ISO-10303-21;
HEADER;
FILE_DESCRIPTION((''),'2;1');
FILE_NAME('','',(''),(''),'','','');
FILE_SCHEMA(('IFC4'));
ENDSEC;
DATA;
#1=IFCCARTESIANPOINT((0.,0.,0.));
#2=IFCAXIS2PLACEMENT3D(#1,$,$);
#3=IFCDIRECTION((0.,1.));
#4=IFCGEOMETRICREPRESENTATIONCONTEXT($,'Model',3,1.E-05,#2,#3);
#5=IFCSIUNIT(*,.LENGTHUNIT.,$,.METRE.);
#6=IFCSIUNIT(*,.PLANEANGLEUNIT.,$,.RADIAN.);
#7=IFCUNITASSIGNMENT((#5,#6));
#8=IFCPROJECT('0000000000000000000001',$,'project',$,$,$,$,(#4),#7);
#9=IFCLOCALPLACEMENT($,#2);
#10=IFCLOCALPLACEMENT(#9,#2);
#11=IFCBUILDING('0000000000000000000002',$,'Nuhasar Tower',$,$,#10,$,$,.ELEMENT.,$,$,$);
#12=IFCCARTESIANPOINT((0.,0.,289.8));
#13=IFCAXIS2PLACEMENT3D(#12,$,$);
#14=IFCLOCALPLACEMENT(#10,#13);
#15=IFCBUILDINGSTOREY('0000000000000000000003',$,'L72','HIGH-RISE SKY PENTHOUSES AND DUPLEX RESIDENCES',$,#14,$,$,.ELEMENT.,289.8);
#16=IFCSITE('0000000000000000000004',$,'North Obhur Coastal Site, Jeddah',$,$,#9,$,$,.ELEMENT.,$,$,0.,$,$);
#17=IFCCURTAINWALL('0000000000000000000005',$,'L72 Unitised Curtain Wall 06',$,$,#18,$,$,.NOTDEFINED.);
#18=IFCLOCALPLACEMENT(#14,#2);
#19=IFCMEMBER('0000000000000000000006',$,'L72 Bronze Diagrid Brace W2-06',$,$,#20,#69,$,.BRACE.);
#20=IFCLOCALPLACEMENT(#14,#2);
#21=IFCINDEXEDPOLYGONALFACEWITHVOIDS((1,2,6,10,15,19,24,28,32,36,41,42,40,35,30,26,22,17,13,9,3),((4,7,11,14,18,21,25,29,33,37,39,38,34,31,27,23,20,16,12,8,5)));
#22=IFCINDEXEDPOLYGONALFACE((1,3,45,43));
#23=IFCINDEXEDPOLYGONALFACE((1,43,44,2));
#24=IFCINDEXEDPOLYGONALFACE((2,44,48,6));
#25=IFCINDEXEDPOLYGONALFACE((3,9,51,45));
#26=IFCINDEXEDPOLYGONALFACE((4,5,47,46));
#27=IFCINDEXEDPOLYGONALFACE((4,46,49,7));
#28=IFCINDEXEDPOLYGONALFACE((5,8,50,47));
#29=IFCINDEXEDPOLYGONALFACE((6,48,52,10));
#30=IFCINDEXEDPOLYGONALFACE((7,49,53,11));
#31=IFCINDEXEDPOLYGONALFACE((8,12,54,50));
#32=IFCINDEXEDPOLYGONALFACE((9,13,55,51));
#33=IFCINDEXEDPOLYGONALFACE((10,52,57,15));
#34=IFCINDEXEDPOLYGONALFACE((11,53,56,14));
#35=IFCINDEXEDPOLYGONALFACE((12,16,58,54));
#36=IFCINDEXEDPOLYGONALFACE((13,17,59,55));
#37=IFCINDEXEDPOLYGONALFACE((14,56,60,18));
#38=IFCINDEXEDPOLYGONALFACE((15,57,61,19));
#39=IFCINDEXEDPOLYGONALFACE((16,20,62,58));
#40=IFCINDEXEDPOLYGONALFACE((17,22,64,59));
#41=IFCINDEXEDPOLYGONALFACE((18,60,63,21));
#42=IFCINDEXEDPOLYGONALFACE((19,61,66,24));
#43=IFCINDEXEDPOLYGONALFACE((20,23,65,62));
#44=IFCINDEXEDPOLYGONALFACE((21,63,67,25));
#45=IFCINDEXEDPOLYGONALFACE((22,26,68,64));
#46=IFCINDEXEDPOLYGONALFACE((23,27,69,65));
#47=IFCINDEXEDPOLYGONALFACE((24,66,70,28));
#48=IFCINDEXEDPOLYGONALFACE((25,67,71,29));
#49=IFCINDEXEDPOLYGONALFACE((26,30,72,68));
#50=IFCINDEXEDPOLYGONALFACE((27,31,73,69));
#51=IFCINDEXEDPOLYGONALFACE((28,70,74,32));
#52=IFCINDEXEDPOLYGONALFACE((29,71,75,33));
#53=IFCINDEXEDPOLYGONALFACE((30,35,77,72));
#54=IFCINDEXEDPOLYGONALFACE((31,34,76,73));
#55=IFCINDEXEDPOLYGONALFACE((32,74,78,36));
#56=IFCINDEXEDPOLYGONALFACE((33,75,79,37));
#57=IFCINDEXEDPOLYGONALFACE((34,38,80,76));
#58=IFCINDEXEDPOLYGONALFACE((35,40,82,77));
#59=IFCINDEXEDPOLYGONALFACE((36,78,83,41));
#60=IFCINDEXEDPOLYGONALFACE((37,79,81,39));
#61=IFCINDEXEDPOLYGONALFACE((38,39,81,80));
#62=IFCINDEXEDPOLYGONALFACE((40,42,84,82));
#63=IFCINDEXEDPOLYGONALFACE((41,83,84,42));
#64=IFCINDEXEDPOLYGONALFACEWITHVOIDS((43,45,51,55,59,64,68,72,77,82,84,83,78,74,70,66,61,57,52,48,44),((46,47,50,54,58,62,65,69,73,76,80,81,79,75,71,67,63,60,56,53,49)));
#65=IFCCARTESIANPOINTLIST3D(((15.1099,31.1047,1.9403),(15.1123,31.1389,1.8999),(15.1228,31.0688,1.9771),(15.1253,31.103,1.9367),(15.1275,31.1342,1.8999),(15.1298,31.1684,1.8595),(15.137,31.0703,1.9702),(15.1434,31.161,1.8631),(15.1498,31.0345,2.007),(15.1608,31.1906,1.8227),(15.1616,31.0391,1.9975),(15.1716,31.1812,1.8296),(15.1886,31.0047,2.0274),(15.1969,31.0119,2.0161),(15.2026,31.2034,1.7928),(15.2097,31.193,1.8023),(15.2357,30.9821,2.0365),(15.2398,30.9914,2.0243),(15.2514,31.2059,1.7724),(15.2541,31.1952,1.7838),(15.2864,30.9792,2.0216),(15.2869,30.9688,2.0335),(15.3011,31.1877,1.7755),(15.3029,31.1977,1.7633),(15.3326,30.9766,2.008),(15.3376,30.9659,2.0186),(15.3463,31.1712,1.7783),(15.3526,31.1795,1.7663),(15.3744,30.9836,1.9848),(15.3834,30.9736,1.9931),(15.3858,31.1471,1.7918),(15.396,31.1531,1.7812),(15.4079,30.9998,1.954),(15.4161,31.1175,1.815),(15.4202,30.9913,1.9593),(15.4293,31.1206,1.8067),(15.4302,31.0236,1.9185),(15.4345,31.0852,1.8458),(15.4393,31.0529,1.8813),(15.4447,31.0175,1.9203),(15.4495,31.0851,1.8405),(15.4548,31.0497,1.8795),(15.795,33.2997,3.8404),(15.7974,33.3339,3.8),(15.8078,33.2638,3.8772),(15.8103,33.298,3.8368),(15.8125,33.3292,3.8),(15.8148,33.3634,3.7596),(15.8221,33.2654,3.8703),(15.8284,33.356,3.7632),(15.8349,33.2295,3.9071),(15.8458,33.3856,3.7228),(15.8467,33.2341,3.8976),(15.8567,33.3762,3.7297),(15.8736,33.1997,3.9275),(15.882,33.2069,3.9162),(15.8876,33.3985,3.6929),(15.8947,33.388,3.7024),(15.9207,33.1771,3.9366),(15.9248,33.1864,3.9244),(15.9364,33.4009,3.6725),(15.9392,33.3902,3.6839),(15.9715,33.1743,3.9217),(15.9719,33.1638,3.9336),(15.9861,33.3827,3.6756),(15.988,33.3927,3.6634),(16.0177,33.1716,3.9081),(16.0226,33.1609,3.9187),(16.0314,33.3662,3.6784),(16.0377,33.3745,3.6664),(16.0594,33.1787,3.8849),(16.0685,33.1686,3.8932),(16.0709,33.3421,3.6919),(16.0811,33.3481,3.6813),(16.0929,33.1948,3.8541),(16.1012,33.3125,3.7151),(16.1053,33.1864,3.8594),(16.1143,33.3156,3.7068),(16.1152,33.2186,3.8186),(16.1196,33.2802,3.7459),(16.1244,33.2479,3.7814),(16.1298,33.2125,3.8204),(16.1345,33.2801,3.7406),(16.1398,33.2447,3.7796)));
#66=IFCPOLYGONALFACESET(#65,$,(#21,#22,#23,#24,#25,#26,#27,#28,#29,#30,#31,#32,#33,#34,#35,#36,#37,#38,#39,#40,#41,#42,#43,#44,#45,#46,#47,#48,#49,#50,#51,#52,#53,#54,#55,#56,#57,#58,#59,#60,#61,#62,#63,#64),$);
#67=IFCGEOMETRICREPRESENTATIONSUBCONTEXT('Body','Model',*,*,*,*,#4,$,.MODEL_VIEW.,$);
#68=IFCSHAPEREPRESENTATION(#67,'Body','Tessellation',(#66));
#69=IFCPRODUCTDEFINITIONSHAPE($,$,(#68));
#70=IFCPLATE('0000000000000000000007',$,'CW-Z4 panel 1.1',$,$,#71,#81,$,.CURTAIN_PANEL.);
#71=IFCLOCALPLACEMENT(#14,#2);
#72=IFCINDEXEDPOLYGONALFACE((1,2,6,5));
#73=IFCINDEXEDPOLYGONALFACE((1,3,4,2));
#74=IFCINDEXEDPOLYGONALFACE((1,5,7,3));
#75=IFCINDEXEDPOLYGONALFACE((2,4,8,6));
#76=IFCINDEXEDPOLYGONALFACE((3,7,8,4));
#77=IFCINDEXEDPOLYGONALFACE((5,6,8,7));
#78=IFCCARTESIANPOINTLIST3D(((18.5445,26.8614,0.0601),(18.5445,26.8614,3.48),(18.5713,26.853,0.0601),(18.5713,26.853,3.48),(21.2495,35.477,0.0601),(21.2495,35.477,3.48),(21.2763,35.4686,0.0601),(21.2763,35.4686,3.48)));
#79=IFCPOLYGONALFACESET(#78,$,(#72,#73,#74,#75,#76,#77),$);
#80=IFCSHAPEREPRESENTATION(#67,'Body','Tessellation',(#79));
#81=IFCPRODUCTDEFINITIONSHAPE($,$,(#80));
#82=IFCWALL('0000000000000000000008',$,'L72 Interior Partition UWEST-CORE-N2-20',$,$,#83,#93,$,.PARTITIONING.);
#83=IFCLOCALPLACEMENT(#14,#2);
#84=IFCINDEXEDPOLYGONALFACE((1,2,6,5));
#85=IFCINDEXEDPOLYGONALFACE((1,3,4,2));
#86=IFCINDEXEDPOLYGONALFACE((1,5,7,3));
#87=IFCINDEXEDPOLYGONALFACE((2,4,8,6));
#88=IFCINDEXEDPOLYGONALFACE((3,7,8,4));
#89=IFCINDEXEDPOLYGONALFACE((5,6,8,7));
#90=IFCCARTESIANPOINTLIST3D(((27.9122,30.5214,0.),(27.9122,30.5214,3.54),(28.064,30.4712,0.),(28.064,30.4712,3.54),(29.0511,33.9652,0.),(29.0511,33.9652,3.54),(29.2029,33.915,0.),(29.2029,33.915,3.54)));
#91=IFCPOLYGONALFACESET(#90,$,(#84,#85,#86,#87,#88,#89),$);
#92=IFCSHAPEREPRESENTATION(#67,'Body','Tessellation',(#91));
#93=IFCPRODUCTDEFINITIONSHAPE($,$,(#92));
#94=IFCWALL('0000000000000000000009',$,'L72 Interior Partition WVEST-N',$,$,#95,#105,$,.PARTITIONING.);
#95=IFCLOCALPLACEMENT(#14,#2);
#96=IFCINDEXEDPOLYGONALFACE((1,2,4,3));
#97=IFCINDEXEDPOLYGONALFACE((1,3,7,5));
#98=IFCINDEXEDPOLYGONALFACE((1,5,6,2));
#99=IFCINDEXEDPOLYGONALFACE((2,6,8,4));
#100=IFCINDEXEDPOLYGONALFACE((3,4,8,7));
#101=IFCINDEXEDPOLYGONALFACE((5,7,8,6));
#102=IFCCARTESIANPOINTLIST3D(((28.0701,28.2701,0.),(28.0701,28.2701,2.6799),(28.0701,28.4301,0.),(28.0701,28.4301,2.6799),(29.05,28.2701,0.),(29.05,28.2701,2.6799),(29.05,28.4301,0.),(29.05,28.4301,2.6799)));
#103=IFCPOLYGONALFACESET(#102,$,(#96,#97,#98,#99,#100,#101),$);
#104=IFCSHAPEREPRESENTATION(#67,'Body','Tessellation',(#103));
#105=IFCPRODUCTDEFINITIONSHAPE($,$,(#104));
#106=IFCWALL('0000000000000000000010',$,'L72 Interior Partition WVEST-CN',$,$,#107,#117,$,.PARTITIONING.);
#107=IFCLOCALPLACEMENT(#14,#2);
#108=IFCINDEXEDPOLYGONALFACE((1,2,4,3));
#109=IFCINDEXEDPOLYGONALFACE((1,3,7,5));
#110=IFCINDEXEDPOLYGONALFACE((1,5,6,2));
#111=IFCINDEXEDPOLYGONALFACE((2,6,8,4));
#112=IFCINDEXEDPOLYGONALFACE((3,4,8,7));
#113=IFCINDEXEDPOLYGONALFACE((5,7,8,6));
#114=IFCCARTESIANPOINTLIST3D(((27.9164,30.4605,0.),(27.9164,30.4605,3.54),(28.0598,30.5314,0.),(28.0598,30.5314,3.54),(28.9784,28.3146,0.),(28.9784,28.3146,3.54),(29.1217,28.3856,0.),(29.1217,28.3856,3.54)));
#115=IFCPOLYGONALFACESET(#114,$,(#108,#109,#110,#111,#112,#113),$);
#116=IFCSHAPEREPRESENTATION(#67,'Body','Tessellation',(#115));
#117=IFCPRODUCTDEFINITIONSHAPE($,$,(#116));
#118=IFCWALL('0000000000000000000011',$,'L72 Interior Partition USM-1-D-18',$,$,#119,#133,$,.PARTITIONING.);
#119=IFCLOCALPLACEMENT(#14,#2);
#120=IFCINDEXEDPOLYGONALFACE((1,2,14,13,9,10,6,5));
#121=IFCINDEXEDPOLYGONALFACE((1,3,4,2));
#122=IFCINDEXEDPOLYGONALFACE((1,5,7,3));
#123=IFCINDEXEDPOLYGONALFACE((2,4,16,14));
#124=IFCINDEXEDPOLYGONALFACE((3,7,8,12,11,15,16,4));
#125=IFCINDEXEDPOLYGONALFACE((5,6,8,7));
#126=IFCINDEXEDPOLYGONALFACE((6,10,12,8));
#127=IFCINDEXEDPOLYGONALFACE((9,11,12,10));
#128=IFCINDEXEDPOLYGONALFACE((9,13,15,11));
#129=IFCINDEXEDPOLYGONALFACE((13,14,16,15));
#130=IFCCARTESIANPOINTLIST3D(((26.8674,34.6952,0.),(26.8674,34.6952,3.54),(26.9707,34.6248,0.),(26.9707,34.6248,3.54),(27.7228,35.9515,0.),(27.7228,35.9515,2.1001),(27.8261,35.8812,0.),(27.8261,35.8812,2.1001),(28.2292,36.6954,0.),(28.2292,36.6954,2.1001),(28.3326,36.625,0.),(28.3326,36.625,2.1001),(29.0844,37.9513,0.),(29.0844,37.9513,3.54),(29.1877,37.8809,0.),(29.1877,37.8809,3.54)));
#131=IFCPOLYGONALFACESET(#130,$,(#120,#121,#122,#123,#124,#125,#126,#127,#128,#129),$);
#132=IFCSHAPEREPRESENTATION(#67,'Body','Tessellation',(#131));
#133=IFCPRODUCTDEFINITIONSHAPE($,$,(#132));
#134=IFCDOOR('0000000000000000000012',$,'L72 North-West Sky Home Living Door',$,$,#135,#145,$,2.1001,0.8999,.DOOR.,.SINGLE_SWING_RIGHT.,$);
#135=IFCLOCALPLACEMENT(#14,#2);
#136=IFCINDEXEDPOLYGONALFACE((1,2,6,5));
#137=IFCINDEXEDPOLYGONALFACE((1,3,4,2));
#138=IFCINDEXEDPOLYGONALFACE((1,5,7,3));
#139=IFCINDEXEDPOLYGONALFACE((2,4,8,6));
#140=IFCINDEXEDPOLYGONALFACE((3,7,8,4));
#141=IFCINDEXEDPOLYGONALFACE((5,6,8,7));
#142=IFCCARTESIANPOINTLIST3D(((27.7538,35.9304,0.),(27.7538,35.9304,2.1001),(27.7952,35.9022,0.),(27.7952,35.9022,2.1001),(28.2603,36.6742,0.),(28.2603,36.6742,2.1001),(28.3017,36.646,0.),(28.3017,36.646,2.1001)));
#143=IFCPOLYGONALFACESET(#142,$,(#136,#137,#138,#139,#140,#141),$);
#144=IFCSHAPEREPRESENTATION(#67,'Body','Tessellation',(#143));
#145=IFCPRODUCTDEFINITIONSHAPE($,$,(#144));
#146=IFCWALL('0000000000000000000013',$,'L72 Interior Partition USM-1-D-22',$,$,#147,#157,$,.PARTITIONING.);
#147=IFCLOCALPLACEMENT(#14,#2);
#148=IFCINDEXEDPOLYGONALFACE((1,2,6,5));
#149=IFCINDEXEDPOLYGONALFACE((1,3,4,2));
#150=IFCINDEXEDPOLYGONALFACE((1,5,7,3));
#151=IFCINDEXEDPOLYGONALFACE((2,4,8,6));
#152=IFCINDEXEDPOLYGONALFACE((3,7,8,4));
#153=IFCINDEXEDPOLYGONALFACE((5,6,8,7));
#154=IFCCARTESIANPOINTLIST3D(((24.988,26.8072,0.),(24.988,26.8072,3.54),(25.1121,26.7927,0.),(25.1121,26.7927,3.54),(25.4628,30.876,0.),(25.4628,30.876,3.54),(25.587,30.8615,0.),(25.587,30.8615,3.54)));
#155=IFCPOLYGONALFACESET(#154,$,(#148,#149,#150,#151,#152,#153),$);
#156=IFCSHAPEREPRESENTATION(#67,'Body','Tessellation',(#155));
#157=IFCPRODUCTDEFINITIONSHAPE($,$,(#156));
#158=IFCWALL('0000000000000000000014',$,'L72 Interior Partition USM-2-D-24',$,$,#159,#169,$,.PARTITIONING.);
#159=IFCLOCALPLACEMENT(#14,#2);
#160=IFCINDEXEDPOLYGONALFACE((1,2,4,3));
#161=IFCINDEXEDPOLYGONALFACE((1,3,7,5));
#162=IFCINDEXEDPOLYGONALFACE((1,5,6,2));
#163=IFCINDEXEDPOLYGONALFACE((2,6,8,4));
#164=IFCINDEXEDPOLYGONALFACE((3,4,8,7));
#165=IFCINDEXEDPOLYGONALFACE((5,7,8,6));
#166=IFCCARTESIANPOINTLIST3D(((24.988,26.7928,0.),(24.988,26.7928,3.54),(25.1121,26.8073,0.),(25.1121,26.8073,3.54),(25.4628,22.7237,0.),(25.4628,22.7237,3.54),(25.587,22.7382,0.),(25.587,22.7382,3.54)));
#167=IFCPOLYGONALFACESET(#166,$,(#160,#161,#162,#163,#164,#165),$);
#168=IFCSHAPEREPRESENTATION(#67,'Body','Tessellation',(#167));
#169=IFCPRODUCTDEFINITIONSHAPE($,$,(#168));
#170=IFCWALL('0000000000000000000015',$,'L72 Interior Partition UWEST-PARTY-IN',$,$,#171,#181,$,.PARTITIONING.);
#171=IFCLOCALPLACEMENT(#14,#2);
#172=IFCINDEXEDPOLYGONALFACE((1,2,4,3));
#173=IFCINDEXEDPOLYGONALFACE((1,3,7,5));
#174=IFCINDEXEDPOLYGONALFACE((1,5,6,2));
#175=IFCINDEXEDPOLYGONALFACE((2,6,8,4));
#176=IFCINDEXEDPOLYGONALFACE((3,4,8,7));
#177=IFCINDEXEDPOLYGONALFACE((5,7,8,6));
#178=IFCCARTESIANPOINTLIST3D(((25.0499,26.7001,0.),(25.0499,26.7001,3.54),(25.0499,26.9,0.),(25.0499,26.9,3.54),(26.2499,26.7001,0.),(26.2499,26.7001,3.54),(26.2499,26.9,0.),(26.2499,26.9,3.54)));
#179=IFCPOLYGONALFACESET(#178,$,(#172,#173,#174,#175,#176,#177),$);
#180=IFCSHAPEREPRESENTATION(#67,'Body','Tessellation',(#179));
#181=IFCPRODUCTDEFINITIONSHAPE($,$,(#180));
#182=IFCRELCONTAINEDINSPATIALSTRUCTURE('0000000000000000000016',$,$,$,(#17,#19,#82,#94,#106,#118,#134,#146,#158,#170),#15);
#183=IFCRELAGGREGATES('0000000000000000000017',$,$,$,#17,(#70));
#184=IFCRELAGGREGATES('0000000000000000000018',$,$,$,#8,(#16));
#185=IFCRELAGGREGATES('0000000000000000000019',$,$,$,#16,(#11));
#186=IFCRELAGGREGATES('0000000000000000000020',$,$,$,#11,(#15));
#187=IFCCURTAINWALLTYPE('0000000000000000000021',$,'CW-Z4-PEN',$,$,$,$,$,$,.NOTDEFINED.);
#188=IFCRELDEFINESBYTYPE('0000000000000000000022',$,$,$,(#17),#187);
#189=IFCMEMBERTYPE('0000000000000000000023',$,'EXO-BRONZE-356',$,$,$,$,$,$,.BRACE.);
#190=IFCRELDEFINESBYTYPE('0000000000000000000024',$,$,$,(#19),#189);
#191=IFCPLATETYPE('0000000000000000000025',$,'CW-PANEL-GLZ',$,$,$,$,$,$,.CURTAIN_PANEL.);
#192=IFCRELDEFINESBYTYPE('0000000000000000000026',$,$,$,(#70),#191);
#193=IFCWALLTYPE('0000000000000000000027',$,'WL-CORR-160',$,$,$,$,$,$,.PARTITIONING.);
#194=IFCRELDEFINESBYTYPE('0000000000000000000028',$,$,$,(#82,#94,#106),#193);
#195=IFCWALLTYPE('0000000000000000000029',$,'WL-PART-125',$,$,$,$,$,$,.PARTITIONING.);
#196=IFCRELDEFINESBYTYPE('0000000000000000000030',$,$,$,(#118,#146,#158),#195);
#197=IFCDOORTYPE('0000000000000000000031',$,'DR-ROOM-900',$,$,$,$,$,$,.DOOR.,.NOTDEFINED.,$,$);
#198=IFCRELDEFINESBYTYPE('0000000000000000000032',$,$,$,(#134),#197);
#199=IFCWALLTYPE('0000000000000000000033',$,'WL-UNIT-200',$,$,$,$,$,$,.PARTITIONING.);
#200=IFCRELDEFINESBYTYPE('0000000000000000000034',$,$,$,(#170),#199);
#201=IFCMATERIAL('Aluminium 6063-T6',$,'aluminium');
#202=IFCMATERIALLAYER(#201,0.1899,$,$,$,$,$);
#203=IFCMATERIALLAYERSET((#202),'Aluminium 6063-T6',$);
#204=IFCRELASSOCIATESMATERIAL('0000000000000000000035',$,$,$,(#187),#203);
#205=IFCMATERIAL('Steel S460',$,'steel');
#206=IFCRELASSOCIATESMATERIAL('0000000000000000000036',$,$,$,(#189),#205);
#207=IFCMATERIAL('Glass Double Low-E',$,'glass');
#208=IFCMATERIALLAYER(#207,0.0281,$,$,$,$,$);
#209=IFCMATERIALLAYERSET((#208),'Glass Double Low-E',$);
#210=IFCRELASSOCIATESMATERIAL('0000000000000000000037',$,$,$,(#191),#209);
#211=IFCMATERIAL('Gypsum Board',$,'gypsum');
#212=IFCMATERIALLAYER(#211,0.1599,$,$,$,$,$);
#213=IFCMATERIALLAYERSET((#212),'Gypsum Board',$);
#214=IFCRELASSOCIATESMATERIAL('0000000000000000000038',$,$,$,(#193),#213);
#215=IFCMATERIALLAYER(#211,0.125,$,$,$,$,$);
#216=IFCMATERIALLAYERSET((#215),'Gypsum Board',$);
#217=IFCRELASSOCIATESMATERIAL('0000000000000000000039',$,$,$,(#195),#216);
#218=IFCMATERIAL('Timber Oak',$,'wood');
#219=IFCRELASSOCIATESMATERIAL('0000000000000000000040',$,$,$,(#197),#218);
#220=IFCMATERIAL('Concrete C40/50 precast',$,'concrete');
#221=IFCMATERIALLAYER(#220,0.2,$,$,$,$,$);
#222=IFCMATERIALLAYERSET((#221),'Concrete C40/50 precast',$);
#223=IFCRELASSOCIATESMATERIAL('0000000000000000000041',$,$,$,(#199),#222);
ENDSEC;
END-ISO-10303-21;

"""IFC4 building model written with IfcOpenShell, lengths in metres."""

from ifc_helpers import new_model, si_unit, direction, frame, frame_2d, origin, origin_2d, place, context, subcontext, project, spatial, rectangle, hollow_circle, extrude, material, layer, layer_set, material_profile, profile_set, type_object, element, fill, aggregate, save


model = new_model("IFC4")

# Units and contexts
model_context = context("Model", 3, precision=1e-05, world=origin(), true_north=direction((0.0, 1.0)))
body_context = subcontext(model_context, "Body", "Model", "MODEL_VIEW")
ifc_project = project(units=[si_unit("LENGTHUNIT", "METRE"), si_unit("PLANEANGLEUNIT", "RADIAN")], contexts=[model_context])

# Site, building, storey
site_placement = place(None, origin())
site = spatial("IfcSite", under=ifc_project, at=site_placement, Name="North Obhur Coastal Site, Jeddah", CompositionType="ELEMENT", RefElevation=0.0)
building_placement = place(site_placement, origin())
building = spatial("IfcBuilding", under=site, at=building_placement, Name="Nuhasar Tower", CompositionType="ELEMENT")
storey_placement = place(building_placement, frame((0.0, 0.0, 289.8)))
storey = spatial("IfcBuildingStorey", under=building, at=storey_placement, Name="L72", Description="HIGH-RISE SKY PENTHOUSES AND DUPLEX RESIDENCES", CompositionType="ELEMENT", Elevation=289.8)

# Curtain wall
ifc_material_1 = material(Name="Aluminium 6063-T6", Category="aluminium")
ifc_layer_1 = layer(ifc_material_1, 0.1899)
ifc_layer_set_1 = layer_set([ifc_layer_1], Name="Aluminium 6063-T6")
curtain_wall_type = type_object("IfcCurtainWallType", Name="CW-Z4-PEN", PredefinedType="NOTDEFINED", material=ifc_layer_set_1)
curtain_wall_placement = place(storey_placement, origin())
curtain_wall = element("IfcCurtainWall", 1, at=curtain_wall_placement, inside=storey, type_object=curtain_wall_type, Name="L72 Unitised Curtain Wall 06", PredefinedType="NOTDEFINED")

# Member
ifc_material_2 = material(Name="Steel S460", Category="steel")
ifc_material_profile_1 = material_profile(ifc_material_2, hollow_circle(Radius=0.1777, WallThickness=0.0159, at=origin_2d()), Name="HSS355.6X15.9")
ifc_profile_set_1 = profile_set([ifc_material_profile_1], Name="Steel S460")
member_type_1 = type_object("IfcMemberType", Name="EXO-BRONZE-356", PredefinedType="BRACE", material=ifc_profile_set_1)
for number, where, z_axis, x_axis, name in (
    (2, (15.282, 31.0859, 1.8999), (0.229656, 0.735864, 0.636995), (-0.954591, 0.297918, 0.0), "L72 Bronze Diagrid Brace W2-06"),
):
    element("IfcMember", number, at=place(storey_placement, frame(where, z_axis=z_axis, x_axis=x_axis)), inside=storey, type_object=member_type_1, Name=name, PredefinedType="BRACE", context=body_context, shape_type="SweptSolid", body=[
        extrude(hollow_circle(Radius=0.1777, WallThickness=0.0159, at=origin_2d()), origin(), (0.0, 0.0, 1.0), 2.9829),
    ])

# Plate
ifc_material_3 = material(Name="Glass Double Low-E", Category="glass")
ifc_layer_2 = layer(ifc_material_3, 0.0281)
ifc_layer_set_2 = layer_set([ifc_layer_2], Name="Glass Double Low-E")
plate_type = type_object("IfcPlateType", Name="CW-PANEL-GLZ", PredefinedType="CURTAIN_PANEL", material=ifc_layer_set_2)
plate_placement = place(storey_placement, frame((19.9104, 31.165, 0.0601), z_axis=(0.0, 0.0, 1.0), x_axis=(-0.299557, -0.954079, 0.0)))
plate = element("IfcPlate", 3, at=plate_placement, type_object=plate_type, Name="CW-Z4 panel 1.1", PredefinedType="CURTAIN_PANEL", context=body_context, shape_type="SweptSolid", body=[
    extrude(rectangle(XDim=9.0303, YDim=0.0281, at=origin_2d()), origin(), (0.0, 0.0, 1.0), 3.4199),
])
aggregate(curtain_wall, [plate])

# Wall
ifc_material_4 = material(Name="Gypsum Board", Category="gypsum")
ifc_layer_3 = layer(ifc_material_4, 0.1599)
ifc_layer_set_3 = layer_set([ifc_layer_3], Name="Gypsum Board")
wall_type_1 = type_object("IfcWallType", Name="WL-CORR-160", PredefinedType="PARTITIONING", material=ifc_layer_set_3)
wall_1_placement = place(storey_placement, frame((29.127, 33.9399, 0.0), z_axis=(0.0, 0.0, 1.0), x_axis=(-0.313986, -0.949428, 0.0)))
element("IfcWall", 4, at=wall_1_placement, inside=storey, type_object=wall_type_1, Name="L72 Interior Partition UWEST-CORE-N2-20", PredefinedType="PARTITIONING", context=body_context, shape_type="SweptSolid", body=[
    extrude(rectangle(XDim=3.6272, YDim=0.1599, at=frame_2d((1.8135, 0.0))), origin(), (0.0, 0.0, 1.0), 3.54),
])

# Shared definitions
ifc_material_5 = material(Name="Timber Oak", Category="wood")

# Walls
wall_2_placement = place(storey_placement, frame((28.0701, 28.3501, 0.0), z_axis=(0.0, 0.0, 1.0), x_axis=(1.0, 0.0, 0.0)))
element("IfcWall", 5, at=wall_2_placement, inside=storey, type_object=wall_type_1, Name="L72 Interior Partition WVEST-N", PredefinedType="PARTITIONING", context=body_context, shape_type="SweptSolid", body=[
    extrude(rectangle(XDim=0.98, YDim=0.1599, at=frame_2d((0.49, 0.0))), origin(), (0.0, 0.0, 1.0), 2.6799),
])
wall_3_placement = place(storey_placement, frame((27.988, 30.4961, 0.0), z_axis=(0.0, 0.0, 1.0), x_axis=(0.443539, -0.896255, 0.0)))
element("IfcWall", 6, at=wall_3_placement, inside=storey, type_object=wall_type_1, Name="L72 Interior Partition WVEST-CN", PredefinedType="PARTITIONING", context=body_context, shape_type="SweptSolid", body=[
    extrude(rectangle(XDim=2.3943, YDim=0.1599, at=frame_2d((1.1973, 0.0))), origin(), (0.0, 0.0, 1.0), 3.54),
])

# Wall, opening, door
ifc_layer_4 = layer(ifc_material_4, 0.125)
ifc_layer_set_4 = layer_set([ifc_layer_4], Name="Gypsum Board")
wall_type_2 = type_object("IfcWallType", Name="WL-PART-125", PredefinedType="PARTITIONING", material=ifc_layer_set_4)
wall_4_placement = place(storey_placement, frame((26.9189, 34.6599, 0.0), z_axis=(0.0, 0.0, 1.0), x_axis=(0.562812, 0.826585, 0.0)))
wall_4 = element("IfcWall", 7, at=wall_4_placement, inside=storey, type_object=wall_type_2, Name="L72 Interior Partition USM-1-D-18", PredefinedType="PARTITIONING", context=body_context, shape_type="SweptSolid", body=[
    extrude(rectangle(XDim=3.9392, YDim=0.125, at=frame_2d((1.9697, 0.0))), origin(), (0.0, 0.0, 1.0), 3.54),
])
opening_1_placement = place(wall_4_placement, frame((1.52, 0.0, 0.0)))
opening_1 = element("IfcOpeningElement", 8, at=opening_1_placement, cuts=wall_4, PredefinedType="OPENING", context=body_context, shape_type="SweptSolid", body=[
    extrude(rectangle(XDim=0.8999, YDim=2.1001, at=frame_2d((0.45, 1.05))), frame((0.0, 0.0725, 0.0), z_axis=(0.0, -1.0, 0.0), x_axis=(1.0, 0.0, 0.0)), (0.0, 0.0, 1.0), 0.145),
])
door_type_1 = type_object("IfcDoorType", Name="DR-ROOM-900", OperationType="NOTDEFINED", PredefinedType="DOOR", material=ifc_material_5)
door_1_placement = place(opening_1_placement, origin())
door_1 = element("IfcDoor", 9, at=door_1_placement, inside=storey, type_object=door_type_1, Name="L72 North-West Sky Home Living Door", OperationType="SINGLE_SWING_RIGHT", OverallHeight=2.1001, OverallWidth=0.8999, PredefinedType="DOOR", context=body_context, shape_type="SweptSolid", body=[
    extrude(rectangle(XDim=0.8999, YDim=2.1001, at=frame_2d((0.45, 1.05))), frame((0.0, 0.0249, 0.0), z_axis=(0.0, -1.0, 0.0), x_axis=(1.0, 0.0, 0.0)), (0.0, 0.0, 1.0), 0.05),
])
fill(opening_1, door_1)

# Walls
wall_5_placement = place(storey_placement, frame((25.5249, 30.8689, 0.0), z_axis=(0.0, 0.0, 1.0), x_axis=(-0.115918, -0.993259, 0.0)))
element("IfcWall", 10, at=wall_5_placement, inside=storey, type_object=wall_type_2, Name="L72 Interior Partition USM-1-D-22", PredefinedType="PARTITIONING", context=body_context, shape_type="SweptSolid", body=[
    extrude(rectangle(XDim=4.0964, YDim=0.125, at=frame_2d((2.0483, 0.0))), origin(), (0.0, 0.0, 1.0), 3.54),
])
wall_6_placement = place(storey_placement, frame((25.05, 26.8, 0.0), z_axis=(0.0, 0.0, 1.0), x_axis=(0.115911, -0.99326, 0.0)))
element("IfcWall", 11, at=wall_6_placement, inside=storey, type_object=wall_type_2, Name="L72 Interior Partition USM-2-D-24", PredefinedType="PARTITIONING", context=body_context, shape_type="SweptSolid", body=[
    extrude(rectangle(XDim=4.0967, YDim=0.125, at=frame_2d((2.0483, 0.0))), origin(), (0.0, 0.0, 1.0), 3.54),
])
ifc_material_6 = material(Name="Concrete C40/50 precast", Category="concrete")
ifc_layer_5 = layer(ifc_material_6, 0.2)
ifc_layer_set_5 = layer_set([ifc_layer_5], Name="Concrete C40/50 precast")
wall_type_3 = type_object("IfcWallType", Name="WL-UNIT-200", PredefinedType="PARTITIONING", material=ifc_layer_set_5)
wall_7_placement = place(storey_placement, frame((26.25, 26.8, 0.0), z_axis=(0.0, 0.0, 1.0), x_axis=(-1.0, 0.0, 0.0)))
element("IfcWall", 12, at=wall_7_placement, inside=storey, type_object=wall_type_3, Name="L72 Interior Partition UWEST-PARTY-IN", PredefinedType="PARTITIONING", context=body_context, shape_type="SweptSolid", body=[
    extrude(rectangle(XDim=1.2, YDim=0.2, at=frame_2d((0.6001, 0.0))), origin(), (0.0, 0.0, 1.0), 3.54),
])

save(model, "model.ifc")
